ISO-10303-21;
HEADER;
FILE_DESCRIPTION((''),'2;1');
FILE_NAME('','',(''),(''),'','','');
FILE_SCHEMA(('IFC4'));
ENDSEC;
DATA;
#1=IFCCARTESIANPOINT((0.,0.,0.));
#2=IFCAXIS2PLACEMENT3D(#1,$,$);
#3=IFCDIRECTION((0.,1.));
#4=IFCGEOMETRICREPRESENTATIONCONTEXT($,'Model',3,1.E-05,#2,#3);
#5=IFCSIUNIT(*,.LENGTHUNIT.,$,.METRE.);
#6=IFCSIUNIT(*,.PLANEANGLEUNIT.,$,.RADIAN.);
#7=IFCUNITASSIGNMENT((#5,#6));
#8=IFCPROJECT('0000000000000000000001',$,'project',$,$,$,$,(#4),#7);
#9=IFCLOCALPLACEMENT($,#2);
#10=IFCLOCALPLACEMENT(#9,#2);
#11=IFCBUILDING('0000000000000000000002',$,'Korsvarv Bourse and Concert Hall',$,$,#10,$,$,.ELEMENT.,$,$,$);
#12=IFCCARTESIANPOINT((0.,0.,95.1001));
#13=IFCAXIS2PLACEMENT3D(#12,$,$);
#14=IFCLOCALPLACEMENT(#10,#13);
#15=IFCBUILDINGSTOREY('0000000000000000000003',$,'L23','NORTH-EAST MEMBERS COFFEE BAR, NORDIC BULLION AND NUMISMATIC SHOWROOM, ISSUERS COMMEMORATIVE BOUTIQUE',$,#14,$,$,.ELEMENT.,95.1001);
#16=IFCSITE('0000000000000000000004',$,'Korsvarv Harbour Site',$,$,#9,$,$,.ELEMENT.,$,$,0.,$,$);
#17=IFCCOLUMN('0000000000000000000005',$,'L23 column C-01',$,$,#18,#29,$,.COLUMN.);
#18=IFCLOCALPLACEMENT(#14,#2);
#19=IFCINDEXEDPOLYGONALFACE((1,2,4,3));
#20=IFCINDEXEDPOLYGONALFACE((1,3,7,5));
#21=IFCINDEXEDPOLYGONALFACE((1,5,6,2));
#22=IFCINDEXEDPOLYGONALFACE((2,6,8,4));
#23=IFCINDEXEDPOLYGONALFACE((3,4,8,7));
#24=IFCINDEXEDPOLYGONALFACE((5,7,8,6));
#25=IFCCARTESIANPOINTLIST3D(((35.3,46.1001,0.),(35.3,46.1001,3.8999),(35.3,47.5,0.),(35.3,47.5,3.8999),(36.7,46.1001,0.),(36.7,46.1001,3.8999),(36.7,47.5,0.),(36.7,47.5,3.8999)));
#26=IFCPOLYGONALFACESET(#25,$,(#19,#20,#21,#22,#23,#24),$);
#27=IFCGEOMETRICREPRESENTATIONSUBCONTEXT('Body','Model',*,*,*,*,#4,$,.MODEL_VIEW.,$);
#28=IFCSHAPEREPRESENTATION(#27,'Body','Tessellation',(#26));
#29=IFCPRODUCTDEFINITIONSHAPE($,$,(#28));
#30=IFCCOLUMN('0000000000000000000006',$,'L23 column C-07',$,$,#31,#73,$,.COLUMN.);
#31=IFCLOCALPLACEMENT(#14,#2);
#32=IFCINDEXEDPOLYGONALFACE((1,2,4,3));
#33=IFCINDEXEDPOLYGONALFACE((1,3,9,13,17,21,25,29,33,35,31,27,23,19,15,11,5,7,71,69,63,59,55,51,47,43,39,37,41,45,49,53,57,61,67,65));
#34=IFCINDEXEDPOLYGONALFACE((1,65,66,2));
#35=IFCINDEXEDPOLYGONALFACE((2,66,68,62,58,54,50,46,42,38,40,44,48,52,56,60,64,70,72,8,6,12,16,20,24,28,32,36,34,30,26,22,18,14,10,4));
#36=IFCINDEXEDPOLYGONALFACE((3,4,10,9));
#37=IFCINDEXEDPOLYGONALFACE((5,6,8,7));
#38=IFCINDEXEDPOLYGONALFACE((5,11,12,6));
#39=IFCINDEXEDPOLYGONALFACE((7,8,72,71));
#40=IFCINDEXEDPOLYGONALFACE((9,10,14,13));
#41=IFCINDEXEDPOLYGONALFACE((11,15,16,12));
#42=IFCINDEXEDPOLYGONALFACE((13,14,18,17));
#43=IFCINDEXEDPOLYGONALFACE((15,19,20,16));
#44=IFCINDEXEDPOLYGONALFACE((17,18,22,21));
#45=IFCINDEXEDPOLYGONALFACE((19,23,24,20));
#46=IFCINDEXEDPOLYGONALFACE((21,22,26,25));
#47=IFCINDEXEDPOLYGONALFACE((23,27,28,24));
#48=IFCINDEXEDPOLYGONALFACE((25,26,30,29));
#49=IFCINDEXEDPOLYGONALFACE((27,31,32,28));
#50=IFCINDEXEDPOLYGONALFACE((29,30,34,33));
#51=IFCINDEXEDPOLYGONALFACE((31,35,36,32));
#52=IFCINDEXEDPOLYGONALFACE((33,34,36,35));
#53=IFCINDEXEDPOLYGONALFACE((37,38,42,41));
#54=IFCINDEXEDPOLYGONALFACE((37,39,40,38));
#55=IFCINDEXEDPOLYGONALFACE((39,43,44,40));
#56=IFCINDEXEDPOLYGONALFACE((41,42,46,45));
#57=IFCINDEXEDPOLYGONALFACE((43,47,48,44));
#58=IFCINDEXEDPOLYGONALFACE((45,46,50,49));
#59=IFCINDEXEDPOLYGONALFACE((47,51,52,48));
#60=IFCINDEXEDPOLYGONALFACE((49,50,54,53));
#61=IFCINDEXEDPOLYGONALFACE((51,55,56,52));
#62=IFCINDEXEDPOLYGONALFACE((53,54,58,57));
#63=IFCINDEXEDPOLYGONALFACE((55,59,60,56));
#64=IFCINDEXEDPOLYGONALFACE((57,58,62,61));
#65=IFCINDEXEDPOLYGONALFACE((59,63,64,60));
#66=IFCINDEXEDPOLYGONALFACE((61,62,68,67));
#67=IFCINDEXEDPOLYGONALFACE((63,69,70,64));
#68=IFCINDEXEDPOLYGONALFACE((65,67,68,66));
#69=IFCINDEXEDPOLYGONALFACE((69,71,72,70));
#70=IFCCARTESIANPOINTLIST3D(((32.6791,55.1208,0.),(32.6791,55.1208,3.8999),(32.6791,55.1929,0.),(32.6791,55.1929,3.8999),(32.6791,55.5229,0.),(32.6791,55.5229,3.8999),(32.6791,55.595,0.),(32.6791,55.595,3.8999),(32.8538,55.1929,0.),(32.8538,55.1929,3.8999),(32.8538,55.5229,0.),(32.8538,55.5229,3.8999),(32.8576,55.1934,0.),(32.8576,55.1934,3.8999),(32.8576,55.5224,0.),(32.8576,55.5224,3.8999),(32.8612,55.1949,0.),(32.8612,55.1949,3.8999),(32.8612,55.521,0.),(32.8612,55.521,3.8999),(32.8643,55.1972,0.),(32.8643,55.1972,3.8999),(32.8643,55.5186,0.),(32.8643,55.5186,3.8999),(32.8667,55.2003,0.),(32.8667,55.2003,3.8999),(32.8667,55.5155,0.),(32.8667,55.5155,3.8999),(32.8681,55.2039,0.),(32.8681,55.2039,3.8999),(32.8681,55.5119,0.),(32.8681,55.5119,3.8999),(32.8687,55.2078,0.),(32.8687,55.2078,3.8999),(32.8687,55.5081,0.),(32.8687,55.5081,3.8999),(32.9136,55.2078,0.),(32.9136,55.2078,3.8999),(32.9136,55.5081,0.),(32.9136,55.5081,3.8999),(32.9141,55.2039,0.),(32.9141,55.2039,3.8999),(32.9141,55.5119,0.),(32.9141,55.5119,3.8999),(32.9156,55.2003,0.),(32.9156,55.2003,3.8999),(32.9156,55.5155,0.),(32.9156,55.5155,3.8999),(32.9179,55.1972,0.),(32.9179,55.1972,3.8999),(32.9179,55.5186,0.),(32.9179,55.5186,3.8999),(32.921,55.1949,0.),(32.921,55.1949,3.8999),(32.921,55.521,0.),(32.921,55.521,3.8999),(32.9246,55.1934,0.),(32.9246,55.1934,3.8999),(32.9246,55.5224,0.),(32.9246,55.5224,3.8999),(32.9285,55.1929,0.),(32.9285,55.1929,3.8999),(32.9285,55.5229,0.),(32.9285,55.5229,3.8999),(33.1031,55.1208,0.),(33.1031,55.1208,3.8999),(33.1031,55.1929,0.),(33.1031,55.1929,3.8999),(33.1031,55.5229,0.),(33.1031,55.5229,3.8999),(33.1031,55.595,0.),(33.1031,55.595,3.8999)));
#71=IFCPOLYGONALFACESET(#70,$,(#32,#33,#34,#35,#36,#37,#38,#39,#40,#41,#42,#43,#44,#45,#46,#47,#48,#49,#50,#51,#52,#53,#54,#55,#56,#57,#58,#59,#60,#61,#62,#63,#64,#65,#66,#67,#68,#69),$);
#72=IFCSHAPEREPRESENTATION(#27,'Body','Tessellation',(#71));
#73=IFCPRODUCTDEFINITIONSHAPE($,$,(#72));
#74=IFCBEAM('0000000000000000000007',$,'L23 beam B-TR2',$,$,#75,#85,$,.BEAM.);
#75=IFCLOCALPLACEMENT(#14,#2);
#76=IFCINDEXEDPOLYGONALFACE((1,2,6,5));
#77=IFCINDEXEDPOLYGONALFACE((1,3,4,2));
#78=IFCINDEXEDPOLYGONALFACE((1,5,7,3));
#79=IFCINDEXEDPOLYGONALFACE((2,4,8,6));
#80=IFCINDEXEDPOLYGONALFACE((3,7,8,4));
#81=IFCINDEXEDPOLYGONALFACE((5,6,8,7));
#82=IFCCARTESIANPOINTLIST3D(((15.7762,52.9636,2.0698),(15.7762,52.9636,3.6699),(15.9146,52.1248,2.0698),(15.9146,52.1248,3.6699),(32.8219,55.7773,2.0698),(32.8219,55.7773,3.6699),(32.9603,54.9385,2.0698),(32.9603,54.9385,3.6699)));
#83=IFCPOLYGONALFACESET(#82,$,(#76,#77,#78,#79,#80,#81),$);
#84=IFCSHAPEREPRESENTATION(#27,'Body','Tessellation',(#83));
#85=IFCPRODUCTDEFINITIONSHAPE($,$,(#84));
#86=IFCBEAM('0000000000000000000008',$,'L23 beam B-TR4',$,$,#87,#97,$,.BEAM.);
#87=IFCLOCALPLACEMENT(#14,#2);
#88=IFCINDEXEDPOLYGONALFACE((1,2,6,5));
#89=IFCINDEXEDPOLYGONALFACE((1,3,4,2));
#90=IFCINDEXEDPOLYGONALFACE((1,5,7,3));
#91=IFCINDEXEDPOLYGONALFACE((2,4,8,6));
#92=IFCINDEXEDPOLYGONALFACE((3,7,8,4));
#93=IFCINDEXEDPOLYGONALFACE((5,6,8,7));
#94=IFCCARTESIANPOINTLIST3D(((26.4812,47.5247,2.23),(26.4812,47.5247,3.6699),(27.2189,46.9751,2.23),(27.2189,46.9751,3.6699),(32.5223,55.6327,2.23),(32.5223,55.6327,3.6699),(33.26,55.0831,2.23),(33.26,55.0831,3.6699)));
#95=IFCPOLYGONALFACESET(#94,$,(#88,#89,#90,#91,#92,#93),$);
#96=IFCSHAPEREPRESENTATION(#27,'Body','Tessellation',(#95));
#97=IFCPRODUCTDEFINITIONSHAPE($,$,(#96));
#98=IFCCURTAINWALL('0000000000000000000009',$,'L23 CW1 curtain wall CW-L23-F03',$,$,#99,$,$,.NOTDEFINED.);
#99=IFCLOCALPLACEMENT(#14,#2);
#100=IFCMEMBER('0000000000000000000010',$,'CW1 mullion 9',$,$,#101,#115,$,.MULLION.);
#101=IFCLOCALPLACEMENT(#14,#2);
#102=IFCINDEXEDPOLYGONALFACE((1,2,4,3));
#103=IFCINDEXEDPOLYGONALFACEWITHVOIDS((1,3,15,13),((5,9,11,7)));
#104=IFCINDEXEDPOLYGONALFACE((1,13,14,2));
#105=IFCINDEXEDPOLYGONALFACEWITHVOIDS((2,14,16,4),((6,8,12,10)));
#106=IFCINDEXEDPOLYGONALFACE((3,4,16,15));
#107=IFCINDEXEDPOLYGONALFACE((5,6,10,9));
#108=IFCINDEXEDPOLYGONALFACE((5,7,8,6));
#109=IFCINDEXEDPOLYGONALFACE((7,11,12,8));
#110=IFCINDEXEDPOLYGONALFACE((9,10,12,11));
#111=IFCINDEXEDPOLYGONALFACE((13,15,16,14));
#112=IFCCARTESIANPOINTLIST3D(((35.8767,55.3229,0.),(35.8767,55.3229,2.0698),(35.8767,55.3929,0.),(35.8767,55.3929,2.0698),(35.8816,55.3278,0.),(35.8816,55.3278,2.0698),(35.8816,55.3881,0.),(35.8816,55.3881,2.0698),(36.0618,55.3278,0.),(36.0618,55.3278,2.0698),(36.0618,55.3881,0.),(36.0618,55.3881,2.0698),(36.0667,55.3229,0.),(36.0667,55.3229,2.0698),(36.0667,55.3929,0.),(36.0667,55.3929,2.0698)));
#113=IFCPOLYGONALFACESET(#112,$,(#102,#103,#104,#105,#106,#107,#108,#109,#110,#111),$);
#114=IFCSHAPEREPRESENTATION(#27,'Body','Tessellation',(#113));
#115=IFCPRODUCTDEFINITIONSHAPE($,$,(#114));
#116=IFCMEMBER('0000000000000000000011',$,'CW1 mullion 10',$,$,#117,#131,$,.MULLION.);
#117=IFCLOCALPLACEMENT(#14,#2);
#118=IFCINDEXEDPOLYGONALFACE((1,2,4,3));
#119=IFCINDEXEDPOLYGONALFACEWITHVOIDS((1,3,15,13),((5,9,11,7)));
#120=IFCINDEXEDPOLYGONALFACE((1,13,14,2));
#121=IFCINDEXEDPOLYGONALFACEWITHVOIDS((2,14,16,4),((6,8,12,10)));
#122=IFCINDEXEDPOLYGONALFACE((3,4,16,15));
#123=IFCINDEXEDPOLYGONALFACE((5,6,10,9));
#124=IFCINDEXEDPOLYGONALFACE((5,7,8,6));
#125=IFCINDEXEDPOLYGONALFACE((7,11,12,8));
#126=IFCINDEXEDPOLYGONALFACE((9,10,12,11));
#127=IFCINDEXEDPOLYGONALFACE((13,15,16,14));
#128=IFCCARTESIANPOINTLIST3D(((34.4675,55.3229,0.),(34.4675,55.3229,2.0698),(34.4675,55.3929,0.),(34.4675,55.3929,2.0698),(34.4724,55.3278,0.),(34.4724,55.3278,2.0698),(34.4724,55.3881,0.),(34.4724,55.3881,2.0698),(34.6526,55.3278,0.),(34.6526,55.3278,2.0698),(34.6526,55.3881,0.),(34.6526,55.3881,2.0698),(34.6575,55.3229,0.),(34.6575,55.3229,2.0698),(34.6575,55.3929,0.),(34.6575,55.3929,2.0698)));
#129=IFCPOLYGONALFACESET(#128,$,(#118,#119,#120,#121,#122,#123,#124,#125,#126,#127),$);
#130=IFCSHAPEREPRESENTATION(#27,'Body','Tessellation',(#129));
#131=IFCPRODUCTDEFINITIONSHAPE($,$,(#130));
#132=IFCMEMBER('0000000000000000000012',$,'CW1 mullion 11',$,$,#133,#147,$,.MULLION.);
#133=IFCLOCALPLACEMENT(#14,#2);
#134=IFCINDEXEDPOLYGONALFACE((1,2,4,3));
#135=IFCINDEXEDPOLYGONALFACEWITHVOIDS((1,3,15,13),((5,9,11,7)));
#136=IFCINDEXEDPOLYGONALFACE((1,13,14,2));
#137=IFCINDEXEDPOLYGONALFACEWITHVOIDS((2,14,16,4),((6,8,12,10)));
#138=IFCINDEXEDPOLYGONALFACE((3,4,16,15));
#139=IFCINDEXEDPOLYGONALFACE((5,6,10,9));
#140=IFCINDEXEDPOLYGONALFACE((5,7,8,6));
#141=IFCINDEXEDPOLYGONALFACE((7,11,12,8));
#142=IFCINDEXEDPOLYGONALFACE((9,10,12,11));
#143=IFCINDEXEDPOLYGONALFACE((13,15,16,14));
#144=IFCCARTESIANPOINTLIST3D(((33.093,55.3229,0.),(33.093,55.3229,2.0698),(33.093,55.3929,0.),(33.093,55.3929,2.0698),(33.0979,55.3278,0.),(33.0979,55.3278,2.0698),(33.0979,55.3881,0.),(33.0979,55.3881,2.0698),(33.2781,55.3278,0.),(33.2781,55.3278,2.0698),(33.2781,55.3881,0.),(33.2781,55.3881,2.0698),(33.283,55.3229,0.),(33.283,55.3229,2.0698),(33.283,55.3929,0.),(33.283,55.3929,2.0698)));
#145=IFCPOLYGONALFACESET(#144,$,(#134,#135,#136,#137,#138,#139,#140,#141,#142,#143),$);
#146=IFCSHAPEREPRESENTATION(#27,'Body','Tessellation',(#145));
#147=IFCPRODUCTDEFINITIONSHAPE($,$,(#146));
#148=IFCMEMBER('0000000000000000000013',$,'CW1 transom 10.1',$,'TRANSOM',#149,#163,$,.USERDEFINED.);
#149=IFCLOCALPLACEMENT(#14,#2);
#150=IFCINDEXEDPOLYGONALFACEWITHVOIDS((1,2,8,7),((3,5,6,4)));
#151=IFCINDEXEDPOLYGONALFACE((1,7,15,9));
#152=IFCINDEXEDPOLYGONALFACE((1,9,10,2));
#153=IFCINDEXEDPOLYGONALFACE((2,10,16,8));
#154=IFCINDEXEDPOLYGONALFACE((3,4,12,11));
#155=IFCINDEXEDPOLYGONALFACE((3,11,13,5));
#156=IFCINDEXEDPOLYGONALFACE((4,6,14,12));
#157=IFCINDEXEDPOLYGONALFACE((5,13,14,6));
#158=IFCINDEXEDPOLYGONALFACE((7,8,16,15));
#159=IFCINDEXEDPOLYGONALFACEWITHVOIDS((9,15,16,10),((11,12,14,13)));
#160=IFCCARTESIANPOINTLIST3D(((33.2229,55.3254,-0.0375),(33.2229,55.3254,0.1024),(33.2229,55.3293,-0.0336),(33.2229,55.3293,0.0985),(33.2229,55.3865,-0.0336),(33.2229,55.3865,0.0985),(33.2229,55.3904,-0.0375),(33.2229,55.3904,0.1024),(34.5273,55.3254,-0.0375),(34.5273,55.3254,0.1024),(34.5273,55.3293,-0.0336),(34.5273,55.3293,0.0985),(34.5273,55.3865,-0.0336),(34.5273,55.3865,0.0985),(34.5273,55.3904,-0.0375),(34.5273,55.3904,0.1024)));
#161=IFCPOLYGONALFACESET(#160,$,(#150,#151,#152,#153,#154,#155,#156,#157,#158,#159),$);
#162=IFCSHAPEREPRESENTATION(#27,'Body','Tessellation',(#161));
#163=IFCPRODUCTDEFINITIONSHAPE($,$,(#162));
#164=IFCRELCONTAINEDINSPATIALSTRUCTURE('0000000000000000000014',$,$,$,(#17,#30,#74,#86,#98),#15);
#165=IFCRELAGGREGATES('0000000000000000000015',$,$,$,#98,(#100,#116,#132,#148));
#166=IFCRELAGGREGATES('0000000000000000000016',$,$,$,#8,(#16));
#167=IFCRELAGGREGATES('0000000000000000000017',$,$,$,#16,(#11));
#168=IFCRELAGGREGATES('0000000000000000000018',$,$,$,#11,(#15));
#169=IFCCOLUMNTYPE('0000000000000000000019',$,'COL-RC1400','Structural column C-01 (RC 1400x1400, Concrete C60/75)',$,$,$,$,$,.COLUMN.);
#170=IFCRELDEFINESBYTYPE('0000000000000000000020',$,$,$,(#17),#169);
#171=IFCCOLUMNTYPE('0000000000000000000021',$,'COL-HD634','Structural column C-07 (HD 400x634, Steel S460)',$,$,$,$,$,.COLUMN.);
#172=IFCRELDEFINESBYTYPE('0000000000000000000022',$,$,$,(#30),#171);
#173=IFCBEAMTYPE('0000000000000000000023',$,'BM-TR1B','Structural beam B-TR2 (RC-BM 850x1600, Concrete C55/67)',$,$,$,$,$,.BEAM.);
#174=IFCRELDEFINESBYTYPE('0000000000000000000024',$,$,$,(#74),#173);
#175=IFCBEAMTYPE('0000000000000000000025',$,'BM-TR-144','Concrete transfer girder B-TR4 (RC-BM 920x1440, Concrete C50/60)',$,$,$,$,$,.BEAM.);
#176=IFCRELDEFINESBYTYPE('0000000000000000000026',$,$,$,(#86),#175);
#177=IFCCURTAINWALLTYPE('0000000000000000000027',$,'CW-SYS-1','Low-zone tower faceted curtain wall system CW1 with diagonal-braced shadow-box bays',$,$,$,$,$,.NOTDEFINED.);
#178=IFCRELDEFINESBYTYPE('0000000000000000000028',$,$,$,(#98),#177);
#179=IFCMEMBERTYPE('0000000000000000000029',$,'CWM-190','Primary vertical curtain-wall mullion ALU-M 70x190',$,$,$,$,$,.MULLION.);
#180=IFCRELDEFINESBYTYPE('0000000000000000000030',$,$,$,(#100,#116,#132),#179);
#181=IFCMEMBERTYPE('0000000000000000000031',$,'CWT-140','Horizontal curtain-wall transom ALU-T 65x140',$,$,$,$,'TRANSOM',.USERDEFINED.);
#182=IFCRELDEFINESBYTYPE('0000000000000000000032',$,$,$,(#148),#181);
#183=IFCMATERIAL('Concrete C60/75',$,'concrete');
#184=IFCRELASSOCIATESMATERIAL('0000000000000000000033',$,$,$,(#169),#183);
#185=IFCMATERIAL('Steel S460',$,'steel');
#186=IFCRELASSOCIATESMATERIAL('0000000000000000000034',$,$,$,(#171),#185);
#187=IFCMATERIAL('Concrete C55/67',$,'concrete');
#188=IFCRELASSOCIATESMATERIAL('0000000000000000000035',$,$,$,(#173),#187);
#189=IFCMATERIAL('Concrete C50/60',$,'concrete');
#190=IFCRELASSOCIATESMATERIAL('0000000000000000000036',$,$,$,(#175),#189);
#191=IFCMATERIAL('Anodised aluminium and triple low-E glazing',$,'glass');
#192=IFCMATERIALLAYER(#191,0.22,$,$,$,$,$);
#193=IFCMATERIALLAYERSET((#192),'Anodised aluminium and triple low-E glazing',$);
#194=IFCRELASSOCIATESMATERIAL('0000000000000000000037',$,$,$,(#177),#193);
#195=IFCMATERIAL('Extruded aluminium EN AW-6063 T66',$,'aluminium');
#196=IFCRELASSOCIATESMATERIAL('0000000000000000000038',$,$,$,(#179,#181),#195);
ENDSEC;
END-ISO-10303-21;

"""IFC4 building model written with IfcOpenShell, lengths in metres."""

from ifc_helpers import new_model, si_unit, direction, frame, origin, origin_2d, place, context, subcontext, project, spatial, rectangle, hollow_rectangle, i_section, extrude, source, transform, mapped, material, layer, layer_set, material_profile, profile_set, type_object, element, aggregate, save


model = new_model("IFC4")

# Units and contexts
model_context = context("Model", 3, precision=1e-05, world=origin(), true_north=direction((0.0, 1.0)))
body_context = subcontext(model_context, "Body", "Model", "MODEL_VIEW")
ifc_project = project(units=[si_unit("LENGTHUNIT", "METRE"), si_unit("PLANEANGLEUNIT", "RADIAN")], contexts=[model_context])

# Site, building, storey
site_placement = place(None, origin())
site = spatial("IfcSite", under=ifc_project, at=site_placement, Name="Korsvarv Harbour Site", CompositionType="ELEMENT", RefElevation=0.0)
building_placement = place(site_placement, origin())
building = spatial("IfcBuilding", under=site, at=building_placement, Name="Korsvarv Bourse and Concert Hall", CompositionType="ELEMENT")
storey_placement = place(building_placement, frame((0.0, 0.0, 95.1001)))
storey = spatial("IfcBuildingStorey", under=building, at=storey_placement, Name="L23", Description="NORTH-EAST MEMBERS COFFEE BAR, NORDIC BULLION AND NUMISMATIC SHOWROOM, ISSUERS COMMEMORATIVE BOUTIQUE", CompositionType="ELEMENT", Elevation=95.1001)

# Columns
ifc_material_1 = material(Name="Concrete C60/75", Category="concrete")
ifc_material_profile_1 = material_profile(ifc_material_1, rectangle(XDim=1.3999, YDim=1.3999, at=origin_2d()), Name="RC 1400x1400")
ifc_profile_set_1 = profile_set([ifc_material_profile_1], Name="Concrete C60/75")
column_type_1 = type_object("IfcColumnType", Name="COL-RC1400", Description="Structural column C-01 (RC 1400x1400, Concrete C60/75)", PredefinedType="COLUMN", material=ifc_profile_set_1)
shared_shape_1 = source(origin(), body_context, "Body", "SweptSolid", [
    extrude(rectangle(XDim=1.3999, YDim=1.3999, at=origin_2d()), origin(), (0.0, 0.0, 1.0), 3.8999),
])
column_1_placement = place(storey_placement, frame((36.0, 46.8, 0.0), z_axis=(0.0, 0.0, 1.0), x_axis=(1.0, 0.0, 0.0)))
element("IfcColumn", 1, at=column_1_placement, inside=storey, type_object=column_type_1, Name="L23 column C-01", PredefinedType="COLUMN", context=body_context, shape_type="MappedRepresentation", body=[
    mapped(shared_shape_1, transform((0.0, 0.0, 0.0), scale=1.0)),
])
ifc_material_2 = material(Name="Steel S460", Category="steel")
ifc_material_profile_2 = material_profile(ifc_material_2, i_section(OverallWidth=0.4241, OverallDepth=0.4741, WebThickness=0.0449, FlangeThickness=0.072, FilletRadius=0.0149, at=origin_2d()), Name="HD 400x634")
ifc_profile_set_2 = profile_set([ifc_material_profile_2], Name="Steel S460")
column_type_2 = type_object("IfcColumnType", Name="COL-HD634", Description="Structural column C-07 (HD 400x634, Steel S460)", PredefinedType="COLUMN", material=ifc_profile_set_2)
shared_shape_2 = source(origin(), body_context, "Body", "SweptSolid", [
    extrude(i_section(OverallWidth=0.4241, OverallDepth=0.4741, WebThickness=0.0449, FlangeThickness=0.072, FilletRadius=0.0149, at=origin_2d()), origin(), (0.0, 0.0, 1.0), 3.8999),
])
column_2_placement = place(storey_placement, frame((32.8911, 55.3579, 0.0), z_axis=(0.0, 0.0, 1.0), x_axis=(1.0, 0.0, 0.0)))
element("IfcColumn", 2, at=column_2_placement, inside=storey, type_object=column_type_2, Name="L23 column C-07", PredefinedType="COLUMN", context=body_context, shape_type="MappedRepresentation", body=[
    mapped(shared_shape_2, transform((0.0, 0.0, 0.0), scale=1.0)),
])

# Beams
ifc_material_3 = material(Name="Concrete C55/67", Category="concrete")
ifc_material_profile_3 = material_profile(ifc_material_3, rectangle(XDim=0.8501, YDim=1.6001, at=origin_2d()), Name="RC-BM 850x1600")
ifc_profile_set_3 = profile_set([ifc_material_profile_3], Name="Concrete C55/67")
beam_type_1 = type_object("IfcBeamType", Name="BM-TR1B", Description="Structural beam B-TR2 (RC-BM 850x1600, Concrete C55/67)", PredefinedType="BEAM", material=ifc_profile_set_3)
shared_shape_3 = source(origin(), body_context, "Body", "SweptSolid", [
    extrude(rectangle(XDim=0.8501, YDim=1.6001, at=origin_2d()), origin(), (0.0, 0.0, 1.0), 17.2764),
])
beam_1_placement = place(storey_placement, frame((32.8911, 55.3579, 2.8699), z_axis=(-0.986648, -0.162866, 0.0), x_axis=(0.162866, -0.986648, 0.0)))
element("IfcBeam", 3, at=beam_1_placement, inside=storey, type_object=beam_type_1, Name="L23 beam B-TR2", PredefinedType="BEAM", context=body_context, shape_type="MappedRepresentation", body=[
    mapped(shared_shape_3, transform((0.0, 0.0, 0.0), scale=1.0)),
])
ifc_material_4 = material(Name="Concrete C50/60", Category="concrete")
ifc_material_profile_4 = material_profile(ifc_material_4, rectangle(XDim=0.9199, YDim=1.4399, at=origin_2d()), Name="RC-BM 920x1440")
ifc_profile_set_4 = profile_set([ifc_material_profile_4], Name="Concrete C50/60")
beam_type_2 = type_object("IfcBeamType", Name="BM-TR-144", Description="Concrete transfer girder B-TR4 (RC-BM 920x1440, Concrete C50/60)", PredefinedType="BEAM", material=ifc_profile_set_4)
shared_shape_4 = source(origin(), body_context, "Body", "SweptSolid", [
    extrude(rectangle(XDim=0.9199, YDim=1.4399, at=origin_2d()), origin(), (0.0, 0.0, 1.0), 10.1111),
])
beam_2_placement = place(storey_placement, frame((32.8911, 55.3579, 2.95), z_axis=(-0.59747, -0.801891, 0.0), x_axis=(0.801891, -0.59747, 0.0)))
element("IfcBeam", 4, at=beam_2_placement, inside=storey, type_object=beam_type_2, Name="L23 beam B-TR4", PredefinedType="BEAM", context=body_context, shape_type="MappedRepresentation", body=[
    mapped(shared_shape_4, transform((0.0, 0.0, 0.0), scale=1.0)),
])

# Curtain wall, members
ifc_material_5 = material(Name="Anodised aluminium and triple low-E glazing", Category="glass")
ifc_layer_1 = layer(ifc_material_5, 0.22)
ifc_layer_set_1 = layer_set([ifc_layer_1], Name="Anodised aluminium and triple low-E glazing")
curtain_wall_type = type_object("IfcCurtainWallType", Name="CW-SYS-1", Description="Low-zone tower faceted curtain wall system CW1 with diagonal-braced shadow-box bays", PredefinedType="NOTDEFINED", material=ifc_layer_set_1)
curtain_wall_placement = place(storey_placement, origin())
curtain_wall = element("IfcCurtainWall", 5, at=curtain_wall_placement, inside=storey, type_object=curtain_wall_type, Name="L23 CW1 curtain wall CW-L23-F03", PredefinedType="NOTDEFINED")
ifc_material_6 = material(Name="Extruded aluminium EN AW-6063 T66", Category="aluminium")
ifc_material_profile_5 = material_profile(ifc_material_6, hollow_rectangle(XDim=0.0701, YDim=0.1899, WallThickness=0.0049, at=origin_2d()), Name="ALU-M 70x190")
ifc_profile_set_5 = profile_set([ifc_material_profile_5], Name="Extruded aluminium EN AW-6063 T66")
member_type_1 = type_object("IfcMemberType", Name="CWM-190", Description="Primary vertical curtain-wall mullion ALU-M 70x190", PredefinedType="MULLION", material=ifc_profile_set_5)
shared_shape_5 = source(origin(), body_context, "Body", "SweptSolid", [
    extrude(hollow_rectangle(XDim=0.0701, YDim=0.1899, WallThickness=0.0049, at=origin_2d()), origin(), (0.0, 0.0, 1.0), 2.0698),
])
member_1_placement = place(storey_placement, frame((35.9717, 55.3579, 0.0), z_axis=(0.0, 0.0, 1.0), x_axis=(0.0, -1.0, 0.0)))
member_1 = element("IfcMember", 6, at=member_1_placement, type_object=member_type_1, Name="CW1 mullion 9", PredefinedType="MULLION", context=body_context, shape_type="MappedRepresentation", body=[
    mapped(shared_shape_5, transform((0.0, 0.0, 0.0), scale=1.0)),
])
member_2_placement = place(storey_placement, frame((34.5625, 55.3579, 0.0), z_axis=(0.0, 0.0, 1.0), x_axis=(0.0, -1.0, 0.0)))
member_2 = element("IfcMember", 7, at=member_2_placement, type_object=member_type_1, Name="CW1 mullion 10", PredefinedType="MULLION", context=body_context, shape_type="MappedRepresentation", body=[
    mapped(shared_shape_5, transform((0.0, 0.0, 0.0), scale=1.0)),
])
member_3_placement = place(storey_placement, frame((33.188, 55.3579, 0.0), z_axis=(0.0, 0.0, 1.0), x_axis=(0.0, -1.0, 0.0)))
member_3 = element("IfcMember", 8, at=member_3_placement, type_object=member_type_1, Name="CW1 mullion 11", PredefinedType="MULLION", context=body_context, shape_type="MappedRepresentation", body=[
    mapped(shared_shape_5, transform((0.0, 0.0, 0.0), scale=1.0)),
])
ifc_material_profile_6 = material_profile(ifc_material_6, hollow_rectangle(XDim=0.0649, YDim=0.1399, WallThickness=0.0039, at=origin_2d()), Name="ALU-T 65x140")
ifc_profile_set_6 = profile_set([ifc_material_profile_6], Name="Extruded aluminium EN AW-6063 T66")
member_type_2 = type_object("IfcMemberType", Name="CWT-140", Description="Horizontal curtain-wall transom ALU-T 65x140", ElementType="TRANSOM", PredefinedType="USERDEFINED", material=ifc_profile_set_6)
shared_shape_6 = source(origin(), body_context, "Body", "SweptSolid", [
    extrude(hollow_rectangle(XDim=0.0649, YDim=0.1399, WallThickness=0.0039, at=origin_2d()), origin(), (0.0, 0.0, 1.0), 1.3044),
])
member_4_placement = place(storey_placement, frame((34.5273, 55.3579, 0.0325), z_axis=(-1.0, 0.0, 0.0), x_axis=(0.0, -1.0, 0.0)))
member_4 = element("IfcMember", 9, at=member_4_placement, type_object=member_type_2, Name="CW1 transom 10.1", ObjectType="TRANSOM", PredefinedType="USERDEFINED", context=body_context, shape_type="MappedRepresentation", body=[
    mapped(shared_shape_6, transform((0.0, 0.0, 0.0), scale=1.0)),
])

aggregate(curtain_wall, [member_1, member_2, member_3, member_4])

save(model, "model.ifc")
